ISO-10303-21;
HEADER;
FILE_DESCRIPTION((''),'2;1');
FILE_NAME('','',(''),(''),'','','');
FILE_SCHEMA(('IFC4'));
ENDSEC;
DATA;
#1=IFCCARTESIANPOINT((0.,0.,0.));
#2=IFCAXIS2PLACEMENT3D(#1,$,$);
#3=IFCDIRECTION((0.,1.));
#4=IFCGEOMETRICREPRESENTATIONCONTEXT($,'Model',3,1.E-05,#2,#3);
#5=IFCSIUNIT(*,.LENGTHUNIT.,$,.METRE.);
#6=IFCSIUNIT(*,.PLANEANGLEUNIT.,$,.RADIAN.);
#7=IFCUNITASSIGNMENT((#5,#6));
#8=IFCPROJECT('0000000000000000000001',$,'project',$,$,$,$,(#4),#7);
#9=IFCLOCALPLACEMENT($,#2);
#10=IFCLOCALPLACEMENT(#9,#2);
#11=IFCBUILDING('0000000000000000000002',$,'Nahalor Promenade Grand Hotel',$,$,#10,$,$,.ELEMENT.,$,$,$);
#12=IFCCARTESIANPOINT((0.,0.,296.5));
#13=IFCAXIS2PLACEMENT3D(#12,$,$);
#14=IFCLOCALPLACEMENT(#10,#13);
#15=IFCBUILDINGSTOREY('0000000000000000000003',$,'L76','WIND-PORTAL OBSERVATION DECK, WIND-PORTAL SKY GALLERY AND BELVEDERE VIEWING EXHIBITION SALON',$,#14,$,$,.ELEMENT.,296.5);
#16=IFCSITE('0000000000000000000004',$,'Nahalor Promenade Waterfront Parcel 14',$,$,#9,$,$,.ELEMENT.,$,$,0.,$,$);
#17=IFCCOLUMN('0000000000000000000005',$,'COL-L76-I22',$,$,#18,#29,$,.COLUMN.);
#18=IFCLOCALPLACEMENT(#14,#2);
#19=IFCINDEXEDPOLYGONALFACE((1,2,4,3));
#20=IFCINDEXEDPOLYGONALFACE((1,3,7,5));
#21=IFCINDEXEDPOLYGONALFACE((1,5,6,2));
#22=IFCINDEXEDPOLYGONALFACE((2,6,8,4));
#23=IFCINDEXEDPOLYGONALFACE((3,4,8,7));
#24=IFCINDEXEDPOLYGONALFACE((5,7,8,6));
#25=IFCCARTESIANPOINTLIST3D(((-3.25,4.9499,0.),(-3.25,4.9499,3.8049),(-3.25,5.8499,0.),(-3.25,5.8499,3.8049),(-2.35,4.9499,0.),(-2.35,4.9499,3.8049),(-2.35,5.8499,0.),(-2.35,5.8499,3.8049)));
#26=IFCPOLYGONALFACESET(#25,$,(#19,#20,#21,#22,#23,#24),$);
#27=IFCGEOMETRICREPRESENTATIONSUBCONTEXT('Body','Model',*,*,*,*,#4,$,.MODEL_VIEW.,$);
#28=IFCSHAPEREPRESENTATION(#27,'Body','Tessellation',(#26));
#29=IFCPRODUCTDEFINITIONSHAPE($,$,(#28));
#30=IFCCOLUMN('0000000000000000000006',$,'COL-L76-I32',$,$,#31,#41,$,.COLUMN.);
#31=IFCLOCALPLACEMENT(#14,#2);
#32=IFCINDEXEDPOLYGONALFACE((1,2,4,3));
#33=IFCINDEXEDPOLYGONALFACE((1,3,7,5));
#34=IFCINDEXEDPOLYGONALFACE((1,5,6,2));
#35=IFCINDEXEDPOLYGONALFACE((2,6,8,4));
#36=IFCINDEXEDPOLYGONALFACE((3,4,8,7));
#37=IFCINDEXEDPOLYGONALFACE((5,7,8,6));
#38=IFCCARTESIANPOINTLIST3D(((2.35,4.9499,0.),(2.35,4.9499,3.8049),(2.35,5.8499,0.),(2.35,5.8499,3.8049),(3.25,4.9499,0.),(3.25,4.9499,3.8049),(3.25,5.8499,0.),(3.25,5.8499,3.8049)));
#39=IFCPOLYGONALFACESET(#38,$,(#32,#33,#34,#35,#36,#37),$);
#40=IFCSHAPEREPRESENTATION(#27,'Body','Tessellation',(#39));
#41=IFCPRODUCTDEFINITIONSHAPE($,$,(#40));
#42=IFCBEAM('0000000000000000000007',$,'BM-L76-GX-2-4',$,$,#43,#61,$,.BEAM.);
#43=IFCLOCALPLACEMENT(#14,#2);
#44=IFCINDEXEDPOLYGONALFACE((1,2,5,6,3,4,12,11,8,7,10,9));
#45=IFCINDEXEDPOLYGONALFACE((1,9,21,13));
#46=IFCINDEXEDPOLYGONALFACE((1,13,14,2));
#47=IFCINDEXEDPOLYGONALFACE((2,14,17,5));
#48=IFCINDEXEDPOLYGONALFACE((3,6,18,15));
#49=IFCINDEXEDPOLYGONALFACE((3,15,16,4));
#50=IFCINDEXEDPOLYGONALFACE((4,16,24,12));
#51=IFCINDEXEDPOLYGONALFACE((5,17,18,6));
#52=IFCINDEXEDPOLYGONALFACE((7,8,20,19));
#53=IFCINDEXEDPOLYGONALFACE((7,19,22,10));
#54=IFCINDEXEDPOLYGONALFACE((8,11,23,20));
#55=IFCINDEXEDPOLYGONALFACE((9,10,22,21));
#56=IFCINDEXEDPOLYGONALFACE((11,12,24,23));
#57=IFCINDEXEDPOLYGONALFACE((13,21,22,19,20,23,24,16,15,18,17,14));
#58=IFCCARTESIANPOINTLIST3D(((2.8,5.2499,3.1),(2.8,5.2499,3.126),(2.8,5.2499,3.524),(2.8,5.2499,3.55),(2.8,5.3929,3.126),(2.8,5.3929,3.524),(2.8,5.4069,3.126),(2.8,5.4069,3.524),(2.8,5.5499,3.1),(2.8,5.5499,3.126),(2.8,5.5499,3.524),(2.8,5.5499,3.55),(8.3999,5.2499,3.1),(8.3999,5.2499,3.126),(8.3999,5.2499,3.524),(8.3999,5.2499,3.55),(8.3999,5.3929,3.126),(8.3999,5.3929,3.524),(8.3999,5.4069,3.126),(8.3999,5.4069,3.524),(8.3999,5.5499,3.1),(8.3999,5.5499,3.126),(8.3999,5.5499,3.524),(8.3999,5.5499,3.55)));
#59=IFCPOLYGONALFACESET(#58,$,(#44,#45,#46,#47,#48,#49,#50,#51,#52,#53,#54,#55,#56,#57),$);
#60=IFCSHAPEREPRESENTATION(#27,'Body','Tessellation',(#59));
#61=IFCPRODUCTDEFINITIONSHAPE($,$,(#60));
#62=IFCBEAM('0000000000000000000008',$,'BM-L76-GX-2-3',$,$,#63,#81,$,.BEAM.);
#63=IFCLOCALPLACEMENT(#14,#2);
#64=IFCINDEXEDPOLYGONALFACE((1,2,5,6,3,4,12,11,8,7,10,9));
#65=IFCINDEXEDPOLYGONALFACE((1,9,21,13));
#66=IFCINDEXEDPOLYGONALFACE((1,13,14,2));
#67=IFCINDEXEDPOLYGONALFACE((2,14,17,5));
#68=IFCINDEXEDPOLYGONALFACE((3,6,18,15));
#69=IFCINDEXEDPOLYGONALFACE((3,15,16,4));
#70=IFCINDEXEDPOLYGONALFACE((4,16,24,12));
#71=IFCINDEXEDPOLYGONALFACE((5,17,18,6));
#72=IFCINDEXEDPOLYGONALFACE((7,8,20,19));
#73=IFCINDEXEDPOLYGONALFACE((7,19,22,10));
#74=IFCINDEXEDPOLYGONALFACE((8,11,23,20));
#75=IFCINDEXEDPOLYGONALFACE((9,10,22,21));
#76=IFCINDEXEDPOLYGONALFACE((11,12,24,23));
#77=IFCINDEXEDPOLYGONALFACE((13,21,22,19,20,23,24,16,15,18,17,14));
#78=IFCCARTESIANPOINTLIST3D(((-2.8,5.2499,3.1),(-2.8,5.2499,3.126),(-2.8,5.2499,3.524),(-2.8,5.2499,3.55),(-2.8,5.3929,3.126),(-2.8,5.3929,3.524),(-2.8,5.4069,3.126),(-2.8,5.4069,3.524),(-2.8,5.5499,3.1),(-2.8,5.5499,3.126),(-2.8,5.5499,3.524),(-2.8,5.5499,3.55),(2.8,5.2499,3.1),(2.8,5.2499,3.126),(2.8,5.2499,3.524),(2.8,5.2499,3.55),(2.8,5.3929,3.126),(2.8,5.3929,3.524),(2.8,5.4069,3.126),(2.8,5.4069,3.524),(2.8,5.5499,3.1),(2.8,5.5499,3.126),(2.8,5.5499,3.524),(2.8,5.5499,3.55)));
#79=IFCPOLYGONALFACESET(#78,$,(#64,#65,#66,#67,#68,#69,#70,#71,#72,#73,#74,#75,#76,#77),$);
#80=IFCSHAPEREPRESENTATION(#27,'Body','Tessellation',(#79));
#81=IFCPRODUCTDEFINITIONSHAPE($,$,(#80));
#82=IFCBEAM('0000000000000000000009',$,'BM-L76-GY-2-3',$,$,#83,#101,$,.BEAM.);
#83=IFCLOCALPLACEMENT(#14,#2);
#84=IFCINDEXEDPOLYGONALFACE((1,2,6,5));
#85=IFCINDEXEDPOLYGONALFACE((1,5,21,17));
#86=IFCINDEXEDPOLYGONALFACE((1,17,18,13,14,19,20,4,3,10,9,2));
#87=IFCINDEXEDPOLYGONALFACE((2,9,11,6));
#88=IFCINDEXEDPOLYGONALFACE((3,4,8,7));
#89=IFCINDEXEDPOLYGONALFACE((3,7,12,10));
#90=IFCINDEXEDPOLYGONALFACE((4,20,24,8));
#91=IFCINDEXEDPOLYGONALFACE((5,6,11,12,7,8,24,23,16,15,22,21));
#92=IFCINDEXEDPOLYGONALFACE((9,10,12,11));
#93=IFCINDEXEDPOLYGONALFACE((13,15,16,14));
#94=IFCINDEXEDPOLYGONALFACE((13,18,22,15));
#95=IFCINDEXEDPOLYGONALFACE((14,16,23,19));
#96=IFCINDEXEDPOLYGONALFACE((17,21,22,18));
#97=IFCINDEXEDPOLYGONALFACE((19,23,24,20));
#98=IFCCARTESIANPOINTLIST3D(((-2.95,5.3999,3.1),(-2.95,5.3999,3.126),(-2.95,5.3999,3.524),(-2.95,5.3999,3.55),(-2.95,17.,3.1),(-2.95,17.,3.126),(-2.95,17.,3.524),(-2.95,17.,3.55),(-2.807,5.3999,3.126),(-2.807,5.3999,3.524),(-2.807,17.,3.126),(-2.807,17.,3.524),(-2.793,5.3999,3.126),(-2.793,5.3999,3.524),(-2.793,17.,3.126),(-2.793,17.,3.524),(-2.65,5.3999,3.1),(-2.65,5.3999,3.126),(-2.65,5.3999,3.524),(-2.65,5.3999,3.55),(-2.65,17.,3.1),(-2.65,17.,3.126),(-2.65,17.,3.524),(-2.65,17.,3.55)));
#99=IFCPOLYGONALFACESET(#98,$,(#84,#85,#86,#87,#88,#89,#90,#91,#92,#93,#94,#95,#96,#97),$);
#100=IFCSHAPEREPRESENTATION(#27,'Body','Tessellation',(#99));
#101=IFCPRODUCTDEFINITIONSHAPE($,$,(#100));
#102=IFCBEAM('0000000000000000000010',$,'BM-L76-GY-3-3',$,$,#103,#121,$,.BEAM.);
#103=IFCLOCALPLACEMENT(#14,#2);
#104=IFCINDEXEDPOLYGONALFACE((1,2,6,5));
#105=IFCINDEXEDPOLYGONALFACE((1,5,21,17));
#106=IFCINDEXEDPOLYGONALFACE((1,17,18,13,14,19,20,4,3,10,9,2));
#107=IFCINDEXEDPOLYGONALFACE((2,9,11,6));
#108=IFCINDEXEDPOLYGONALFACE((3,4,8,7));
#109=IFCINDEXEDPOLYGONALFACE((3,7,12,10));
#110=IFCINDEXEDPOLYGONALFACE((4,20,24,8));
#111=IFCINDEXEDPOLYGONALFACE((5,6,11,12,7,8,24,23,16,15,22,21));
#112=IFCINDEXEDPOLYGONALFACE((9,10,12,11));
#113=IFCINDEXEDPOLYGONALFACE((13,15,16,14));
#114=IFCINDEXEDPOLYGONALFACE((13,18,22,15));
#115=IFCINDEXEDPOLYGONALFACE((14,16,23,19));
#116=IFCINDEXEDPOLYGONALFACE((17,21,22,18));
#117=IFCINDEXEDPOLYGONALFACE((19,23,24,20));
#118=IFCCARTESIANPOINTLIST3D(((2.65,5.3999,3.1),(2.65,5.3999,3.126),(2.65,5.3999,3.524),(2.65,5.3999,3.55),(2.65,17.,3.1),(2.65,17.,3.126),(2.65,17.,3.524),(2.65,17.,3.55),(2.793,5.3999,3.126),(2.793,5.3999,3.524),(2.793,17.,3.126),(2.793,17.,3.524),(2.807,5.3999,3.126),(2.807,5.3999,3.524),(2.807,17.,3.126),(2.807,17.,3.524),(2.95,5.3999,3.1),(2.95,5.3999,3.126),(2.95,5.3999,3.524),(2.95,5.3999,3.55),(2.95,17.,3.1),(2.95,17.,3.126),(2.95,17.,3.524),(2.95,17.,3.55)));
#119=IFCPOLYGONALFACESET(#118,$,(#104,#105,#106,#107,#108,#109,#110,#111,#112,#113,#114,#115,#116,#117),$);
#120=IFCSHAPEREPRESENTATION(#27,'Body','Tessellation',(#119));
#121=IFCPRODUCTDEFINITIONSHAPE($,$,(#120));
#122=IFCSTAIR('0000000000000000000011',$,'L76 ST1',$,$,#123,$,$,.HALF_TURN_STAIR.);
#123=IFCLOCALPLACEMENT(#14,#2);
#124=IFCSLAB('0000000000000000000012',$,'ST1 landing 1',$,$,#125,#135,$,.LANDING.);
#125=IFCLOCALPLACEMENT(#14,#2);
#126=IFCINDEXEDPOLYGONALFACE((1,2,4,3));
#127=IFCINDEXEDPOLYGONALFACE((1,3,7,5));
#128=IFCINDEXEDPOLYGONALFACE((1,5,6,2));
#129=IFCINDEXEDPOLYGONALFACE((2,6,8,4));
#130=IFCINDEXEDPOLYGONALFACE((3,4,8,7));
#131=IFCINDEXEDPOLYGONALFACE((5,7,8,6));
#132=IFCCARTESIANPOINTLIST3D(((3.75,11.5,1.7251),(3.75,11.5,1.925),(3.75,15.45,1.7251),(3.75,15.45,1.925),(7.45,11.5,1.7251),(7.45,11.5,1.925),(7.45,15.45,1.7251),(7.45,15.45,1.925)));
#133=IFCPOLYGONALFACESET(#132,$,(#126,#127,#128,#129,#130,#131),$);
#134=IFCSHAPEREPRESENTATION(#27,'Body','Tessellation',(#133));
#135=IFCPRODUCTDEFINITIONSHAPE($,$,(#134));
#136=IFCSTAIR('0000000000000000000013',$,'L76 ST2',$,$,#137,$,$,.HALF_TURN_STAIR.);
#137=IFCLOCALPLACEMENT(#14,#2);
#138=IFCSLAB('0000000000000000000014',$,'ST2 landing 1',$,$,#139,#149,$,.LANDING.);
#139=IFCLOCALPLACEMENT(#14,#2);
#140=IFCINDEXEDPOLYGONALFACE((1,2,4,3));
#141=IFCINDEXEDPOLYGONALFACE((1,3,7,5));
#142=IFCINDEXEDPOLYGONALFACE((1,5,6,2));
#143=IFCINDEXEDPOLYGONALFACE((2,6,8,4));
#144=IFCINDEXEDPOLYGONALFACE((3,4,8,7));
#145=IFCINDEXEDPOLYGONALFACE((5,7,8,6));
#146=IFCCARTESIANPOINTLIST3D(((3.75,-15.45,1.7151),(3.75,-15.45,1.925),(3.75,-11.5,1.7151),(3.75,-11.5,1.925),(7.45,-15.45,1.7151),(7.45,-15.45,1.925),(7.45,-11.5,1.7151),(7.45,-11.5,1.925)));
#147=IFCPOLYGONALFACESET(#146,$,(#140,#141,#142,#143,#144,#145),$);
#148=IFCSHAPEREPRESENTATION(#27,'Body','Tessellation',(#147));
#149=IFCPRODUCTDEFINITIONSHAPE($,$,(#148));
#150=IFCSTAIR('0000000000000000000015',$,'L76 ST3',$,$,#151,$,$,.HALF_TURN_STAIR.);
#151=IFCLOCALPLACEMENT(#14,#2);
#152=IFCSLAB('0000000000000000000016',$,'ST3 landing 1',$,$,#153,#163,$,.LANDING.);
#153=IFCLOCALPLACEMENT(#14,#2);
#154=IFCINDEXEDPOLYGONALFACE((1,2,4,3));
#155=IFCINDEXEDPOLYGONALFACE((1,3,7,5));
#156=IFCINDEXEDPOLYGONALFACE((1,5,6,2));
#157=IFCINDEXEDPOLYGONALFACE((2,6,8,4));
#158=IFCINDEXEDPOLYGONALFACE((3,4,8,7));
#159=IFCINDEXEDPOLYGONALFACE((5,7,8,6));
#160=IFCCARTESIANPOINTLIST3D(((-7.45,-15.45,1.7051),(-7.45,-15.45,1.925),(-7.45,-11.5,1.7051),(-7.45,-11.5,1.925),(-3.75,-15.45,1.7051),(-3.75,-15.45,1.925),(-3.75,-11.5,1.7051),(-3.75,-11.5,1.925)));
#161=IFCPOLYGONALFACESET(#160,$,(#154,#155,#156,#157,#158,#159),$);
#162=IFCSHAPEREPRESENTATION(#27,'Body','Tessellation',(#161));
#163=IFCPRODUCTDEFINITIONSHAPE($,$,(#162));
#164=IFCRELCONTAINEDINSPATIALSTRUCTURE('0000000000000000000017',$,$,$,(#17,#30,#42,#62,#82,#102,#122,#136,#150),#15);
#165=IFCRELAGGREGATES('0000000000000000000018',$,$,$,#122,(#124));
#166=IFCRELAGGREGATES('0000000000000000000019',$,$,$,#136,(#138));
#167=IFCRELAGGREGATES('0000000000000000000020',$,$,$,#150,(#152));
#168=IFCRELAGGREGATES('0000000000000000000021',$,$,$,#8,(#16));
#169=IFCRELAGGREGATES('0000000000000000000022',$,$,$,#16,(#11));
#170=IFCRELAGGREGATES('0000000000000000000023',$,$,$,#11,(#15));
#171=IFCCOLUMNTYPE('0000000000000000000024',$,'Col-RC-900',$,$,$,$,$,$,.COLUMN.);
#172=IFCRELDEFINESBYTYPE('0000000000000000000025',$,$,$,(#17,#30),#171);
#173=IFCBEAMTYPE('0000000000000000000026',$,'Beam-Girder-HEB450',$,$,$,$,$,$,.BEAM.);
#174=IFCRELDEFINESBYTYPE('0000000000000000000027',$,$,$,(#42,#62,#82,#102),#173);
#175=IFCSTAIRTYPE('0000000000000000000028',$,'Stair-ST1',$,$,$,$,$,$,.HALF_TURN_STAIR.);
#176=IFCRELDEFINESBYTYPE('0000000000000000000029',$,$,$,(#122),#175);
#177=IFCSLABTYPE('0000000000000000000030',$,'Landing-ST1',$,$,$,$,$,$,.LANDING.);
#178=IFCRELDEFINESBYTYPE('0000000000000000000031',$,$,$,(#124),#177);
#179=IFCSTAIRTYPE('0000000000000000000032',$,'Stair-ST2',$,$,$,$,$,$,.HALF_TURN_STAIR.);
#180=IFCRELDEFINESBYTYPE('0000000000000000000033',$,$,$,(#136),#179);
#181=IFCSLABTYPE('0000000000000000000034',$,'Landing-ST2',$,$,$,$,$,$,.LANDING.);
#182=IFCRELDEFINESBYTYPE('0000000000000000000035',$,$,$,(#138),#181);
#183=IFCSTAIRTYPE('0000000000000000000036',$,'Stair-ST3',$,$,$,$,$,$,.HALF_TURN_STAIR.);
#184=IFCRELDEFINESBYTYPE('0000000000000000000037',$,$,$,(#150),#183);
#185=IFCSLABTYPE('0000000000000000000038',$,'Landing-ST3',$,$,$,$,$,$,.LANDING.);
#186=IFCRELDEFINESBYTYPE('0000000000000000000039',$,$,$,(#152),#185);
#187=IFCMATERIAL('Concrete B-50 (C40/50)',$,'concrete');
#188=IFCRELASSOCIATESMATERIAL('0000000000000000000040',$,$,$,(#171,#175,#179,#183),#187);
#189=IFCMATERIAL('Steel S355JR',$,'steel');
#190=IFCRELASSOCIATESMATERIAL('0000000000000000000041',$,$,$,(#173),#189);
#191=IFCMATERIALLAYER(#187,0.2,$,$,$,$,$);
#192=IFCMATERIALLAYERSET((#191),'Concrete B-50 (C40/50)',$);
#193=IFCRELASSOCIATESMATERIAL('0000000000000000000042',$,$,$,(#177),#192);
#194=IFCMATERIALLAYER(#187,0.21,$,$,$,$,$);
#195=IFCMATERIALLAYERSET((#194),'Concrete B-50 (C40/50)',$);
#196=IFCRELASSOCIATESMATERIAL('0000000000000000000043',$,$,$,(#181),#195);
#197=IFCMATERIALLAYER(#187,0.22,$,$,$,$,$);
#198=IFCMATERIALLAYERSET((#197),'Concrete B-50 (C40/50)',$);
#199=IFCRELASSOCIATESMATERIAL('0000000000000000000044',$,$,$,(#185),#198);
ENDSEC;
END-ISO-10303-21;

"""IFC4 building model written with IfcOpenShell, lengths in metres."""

from ifc_helpers import new_model, si_unit, direction, frame, origin, origin_2d, place, context, subcontext, project, spatial, polyline, rectangle, i_section, outline, extrude, source, transform, mapped, material, layer, layer_set, material_profile, profile_set, type_object, element, aggregate, save


model = new_model("IFC4")

# Units and contexts
model_context = context("Model", 3, precision=1e-05, world=origin(), true_north=direction((0.0, 1.0)))
body_context = subcontext(model_context, "Body", "Model", "MODEL_VIEW")
ifc_project = project(units=[si_unit("LENGTHUNIT", "METRE"), si_unit("PLANEANGLEUNIT", "RADIAN")], contexts=[model_context])

# Site, building, storey
site_placement = place(None, origin())
site = spatial("IfcSite", under=ifc_project, at=site_placement, Name="Nahalor Promenade Waterfront Parcel 14", CompositionType="ELEMENT", RefElevation=0.0)
building_placement = place(site_placement, origin())
building = spatial("IfcBuilding", under=site, at=building_placement, Name="Nahalor Promenade Grand Hotel", CompositionType="ELEMENT")
storey_placement = place(building_placement, frame((0.0, 0.0, 296.5)))
storey = spatial("IfcBuildingStorey", under=building, at=storey_placement, Name="L76", Description="WIND-PORTAL OBSERVATION DECK, WIND-PORTAL SKY GALLERY AND BELVEDERE VIEWING EXHIBITION SALON", CompositionType="ELEMENT", Elevation=296.5)

# Columns
ifc_material_1 = material(Name="Concrete B-50 (C40/50)", Category="concrete")
ifc_material_profile_1 = material_profile(ifc_material_1, rectangle(XDim=0.9, YDim=0.9, at=origin_2d()), Name="RC 900x900")
ifc_profile_set_1 = profile_set([ifc_material_profile_1], Name="Concrete B-50 (C40/50)")
column_type = type_object("IfcColumnType", Name="Col-RC-900", PredefinedType="COLUMN", material=ifc_profile_set_1)
shared_shape_1 = source(origin(), body_context, "Body", "SweptSolid", [
    extrude(rectangle(XDim=0.9, YDim=0.9, at=origin_2d()), origin(), (0.0, 0.0, 1.0), 3.8049),
])
for number, where, z_axis, x_axis, name in (
    (1, (-2.8, 5.3999, 0.0), (0.0, 0.0, 1.0), (1.0, 0.0, 0.0), "COL-L76-I22"),
    (2, (2.8, 5.3999, 0.0), (0.0, 0.0, 1.0), (1.0, 0.0, 0.0), "COL-L76-I32"),
):
    element("IfcColumn", number, at=place(storey_placement, frame(where, z_axis=z_axis, x_axis=x_axis)), inside=storey, type_object=column_type, Name=name, PredefinedType="COLUMN", context=body_context, shape_type="MappedRepresentation", body=[
        mapped(shared_shape_1, transform((0.0, 0.0, 0.0), scale=1.0)),
    ])

# Beams
ifc_material_2 = material(Name="Steel S355JR", Category="steel")
ifc_material_profile_2 = material_profile(ifc_material_2, i_section(OverallWidth=0.3, OverallDepth=0.45, WebThickness=0.014, FlangeThickness=0.026, at=origin_2d()), Name="HEB 450")
ifc_profile_set_2 = profile_set([ifc_material_profile_2], Name="Steel S355JR")
beam_type = type_object("IfcBeamType", Name="Beam-Girder-HEB450", PredefinedType="BEAM", material=ifc_profile_set_2)
shared_shape_2 = source(origin(), body_context, "Body", "SweptSolid", [
    extrude(i_section(OverallWidth=0.3, OverallDepth=0.45, WebThickness=0.014, FlangeThickness=0.026, at=origin_2d()), origin(), (0.0, 0.0, 1.0), 5.5999),
])
beam_1_placement = place(storey_placement, frame((2.8, 5.3999, 3.325), z_axis=(1.0, 0.0, 0.0), x_axis=(0.0, 1.0, 0.0)))
element("IfcBeam", 3, at=beam_1_placement, inside=storey, type_object=beam_type, Name="BM-L76-GX-2-4", PredefinedType="BEAM", context=body_context, shape_type="MappedRepresentation", body=[
    mapped(shared_shape_2, transform((0.0, 0.0, 0.0), scale=1.0)),
])
shared_shape_3 = source(origin(), body_context, "Body", "SweptSolid", [
    extrude(i_section(OverallWidth=0.3, OverallDepth=0.45, WebThickness=0.014, FlangeThickness=0.026, at=origin_2d()), origin(), (0.0, 0.0, 1.0), 5.6001),
])
beam_2_placement = place(storey_placement, frame((-2.8, 5.3999, 3.325), z_axis=(1.0, 0.0, 0.0), x_axis=(0.0, 1.0, 0.0)))
element("IfcBeam", 4, at=beam_2_placement, inside=storey, type_object=beam_type, Name="BM-L76-GX-2-3", PredefinedType="BEAM", context=body_context, shape_type="MappedRepresentation", body=[
    mapped(shared_shape_3, transform((0.0, 0.0, 0.0), scale=1.0)),
])
shared_shape_4 = source(origin(), body_context, "Body", "SweptSolid", [
    extrude(i_section(OverallWidth=0.3, OverallDepth=0.45, WebThickness=0.014, FlangeThickness=0.026, at=origin_2d()), origin(), (0.0, 0.0, 1.0), 11.6001),
])
for number, where, z_axis, x_axis, name in (
    (5, (-2.8, 5.3999, 3.325), (0.0, 1.0, 0.0), (-1.0, 0.0, 0.0), "BM-L76-GY-2-3"),
    (6, (2.8, 5.3999, 3.325), (0.0, 1.0, 0.0), (-1.0, 0.0, 0.0), "BM-L76-GY-3-3"),
):
    element("IfcBeam", number, at=place(storey_placement, frame(where, z_axis=z_axis, x_axis=x_axis)), inside=storey, type_object=beam_type, Name=name, PredefinedType="BEAM", context=body_context, shape_type="MappedRepresentation", body=[
        mapped(shared_shape_4, transform((0.0, 0.0, 0.0), scale=1.0)),
    ])

# Stairs, slabs
stair_type_1 = type_object("IfcStairType", Name="Stair-ST1", PredefinedType="HALF_TURN_STAIR", material=ifc_material_1)
stair_1_placement = place(storey_placement, origin())
stair_1 = element("IfcStair", 7, at=stair_1_placement, inside=storey, type_object=stair_type_1, Name="L76 ST1", PredefinedType="HALF_TURN_STAIR")
ifc_layer_1 = layer(ifc_material_1, 0.2)
ifc_layer_set_1 = layer_set([ifc_layer_1], Name="Concrete B-50 (C40/50)")
slab_type_1 = type_object("IfcSlabType", Name="Landing-ST1", PredefinedType="LANDING", material=ifc_layer_set_1)
slab_1_placement = place(storey_placement, frame((0.0, 0.0, 1.7251)))
slab_1 = element("IfcSlab", 8, at=slab_1_placement, type_object=slab_type_1, Name="ST1 landing 1", PredefinedType="LANDING", context=body_context, shape_type="SweptSolid", body=[
    extrude(outline(polyline([(7.45, 11.5), (7.45, 15.45), (3.75, 15.45), (3.75, 11.5), (7.45, 11.5)])), origin(), (0.0, 0.0, 1.0), 0.2),
])
aggregate(stair_1, [slab_1])
stair_type_2 = type_object("IfcStairType", Name="Stair-ST2", PredefinedType="HALF_TURN_STAIR", material=ifc_material_1)
stair_2_placement = place(storey_placement, origin())
stair_2 = element("IfcStair", 9, at=stair_2_placement, inside=storey, type_object=stair_type_2, Name="L76 ST2", PredefinedType="HALF_TURN_STAIR")
ifc_layer_2 = layer(ifc_material_1, 0.21)
ifc_layer_set_2 = layer_set([ifc_layer_2], Name="Concrete B-50 (C40/50)")
slab_type_2 = type_object("IfcSlabType", Name="Landing-ST2", PredefinedType="LANDING", material=ifc_layer_set_2)
slab_2_placement = place(storey_placement, frame((0.0, 0.0, 1.7151)))
slab_2 = element("IfcSlab", 10, at=slab_2_placement, type_object=slab_type_2, Name="ST2 landing 1", PredefinedType="LANDING", context=body_context, shape_type="SweptSolid", body=[
    extrude(outline(polyline([(3.75, -11.5), (3.75, -15.45), (7.45, -15.45), (7.45, -11.5), (3.75, -11.5)])), origin(), (0.0, 0.0, 1.0), 0.21),
])
aggregate(stair_2, [slab_2])
stair_type_3 = type_object("IfcStairType", Name="Stair-ST3", PredefinedType="HALF_TURN_STAIR", material=ifc_material_1)
stair_3_placement = place(storey_placement, origin())
stair_3 = element("IfcStair", 11, at=stair_3_placement, inside=storey, type_object=stair_type_3, Name="L76 ST3", PredefinedType="HALF_TURN_STAIR")
ifc_layer_3 = layer(ifc_material_1, 0.22)
ifc_layer_set_3 = layer_set([ifc_layer_3], Name="Concrete B-50 (C40/50)")
slab_type_3 = type_object("IfcSlabType", Name="Landing-ST3", PredefinedType="LANDING", material=ifc_layer_set_3)
slab_3_placement = place(storey_placement, frame((0.0, 0.0, 1.7051)))
slab_3 = element("IfcSlab", 12, at=slab_3_placement, type_object=slab_type_3, Name="ST3 landing 1", PredefinedType="LANDING", context=body_context, shape_type="SweptSolid", body=[
    extrude(outline(polyline([(-7.45, -11.5), (-7.45, -15.45), (-3.75, -15.45), (-3.75, -11.5), (-7.45, -11.5)])), origin(), (0.0, 0.0, 1.0), 0.22),
])
aggregate(stair_3, [slab_3])

save(model, "model.ifc")
